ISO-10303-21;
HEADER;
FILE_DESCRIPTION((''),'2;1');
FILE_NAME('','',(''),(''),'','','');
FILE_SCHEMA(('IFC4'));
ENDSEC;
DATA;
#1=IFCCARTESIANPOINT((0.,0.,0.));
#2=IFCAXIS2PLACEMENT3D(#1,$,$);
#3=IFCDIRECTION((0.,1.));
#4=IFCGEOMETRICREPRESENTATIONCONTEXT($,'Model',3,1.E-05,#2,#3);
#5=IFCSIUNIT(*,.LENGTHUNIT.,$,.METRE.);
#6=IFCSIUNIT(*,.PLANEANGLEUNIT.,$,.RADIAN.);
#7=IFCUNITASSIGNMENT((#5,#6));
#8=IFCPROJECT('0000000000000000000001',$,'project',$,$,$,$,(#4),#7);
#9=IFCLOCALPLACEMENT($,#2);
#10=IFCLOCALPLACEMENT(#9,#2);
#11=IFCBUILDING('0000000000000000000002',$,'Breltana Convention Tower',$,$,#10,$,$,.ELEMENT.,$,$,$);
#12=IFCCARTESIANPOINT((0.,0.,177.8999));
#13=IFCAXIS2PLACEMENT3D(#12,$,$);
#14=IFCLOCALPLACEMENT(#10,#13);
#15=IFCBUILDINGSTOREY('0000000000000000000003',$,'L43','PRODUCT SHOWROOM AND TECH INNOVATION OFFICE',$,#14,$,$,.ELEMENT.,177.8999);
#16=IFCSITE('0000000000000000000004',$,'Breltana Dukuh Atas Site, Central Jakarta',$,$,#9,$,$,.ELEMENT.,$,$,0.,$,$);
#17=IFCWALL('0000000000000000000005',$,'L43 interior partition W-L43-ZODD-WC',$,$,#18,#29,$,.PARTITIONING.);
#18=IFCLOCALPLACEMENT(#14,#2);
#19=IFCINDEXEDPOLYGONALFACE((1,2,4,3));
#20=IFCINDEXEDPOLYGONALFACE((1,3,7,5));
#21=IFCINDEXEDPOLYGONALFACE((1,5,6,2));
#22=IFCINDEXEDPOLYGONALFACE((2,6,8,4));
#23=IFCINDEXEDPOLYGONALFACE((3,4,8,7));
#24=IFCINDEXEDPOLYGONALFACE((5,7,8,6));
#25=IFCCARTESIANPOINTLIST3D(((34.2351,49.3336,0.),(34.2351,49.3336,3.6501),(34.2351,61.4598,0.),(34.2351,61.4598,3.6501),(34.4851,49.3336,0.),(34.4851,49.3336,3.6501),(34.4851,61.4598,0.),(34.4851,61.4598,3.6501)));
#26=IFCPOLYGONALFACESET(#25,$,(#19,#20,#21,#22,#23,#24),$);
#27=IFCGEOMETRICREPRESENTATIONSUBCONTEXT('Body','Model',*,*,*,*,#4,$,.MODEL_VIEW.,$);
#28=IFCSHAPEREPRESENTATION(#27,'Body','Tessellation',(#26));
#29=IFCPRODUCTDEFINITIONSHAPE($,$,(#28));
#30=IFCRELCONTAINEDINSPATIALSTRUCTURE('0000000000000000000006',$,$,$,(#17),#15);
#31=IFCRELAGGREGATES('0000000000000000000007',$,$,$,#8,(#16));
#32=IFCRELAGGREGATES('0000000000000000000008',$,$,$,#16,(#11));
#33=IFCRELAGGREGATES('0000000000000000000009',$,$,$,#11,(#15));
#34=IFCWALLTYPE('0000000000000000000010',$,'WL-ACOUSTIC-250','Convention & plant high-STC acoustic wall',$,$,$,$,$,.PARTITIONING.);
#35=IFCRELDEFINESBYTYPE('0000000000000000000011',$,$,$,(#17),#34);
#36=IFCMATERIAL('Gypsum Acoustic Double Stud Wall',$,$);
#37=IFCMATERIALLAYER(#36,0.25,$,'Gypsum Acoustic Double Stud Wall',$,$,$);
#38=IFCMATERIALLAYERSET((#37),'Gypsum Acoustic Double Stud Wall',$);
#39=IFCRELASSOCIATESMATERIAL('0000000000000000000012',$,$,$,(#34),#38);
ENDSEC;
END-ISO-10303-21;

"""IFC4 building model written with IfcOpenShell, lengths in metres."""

from ifc_helpers import new_model, si_unit, direction, frame, frame_2d, origin, place, context, subcontext, project, spatial, rectangle, extrude, source, transform, mapped, material, layer, layer_set, type_object, element, save


model = new_model("IFC4")

# Units and contexts
model_context = context("Model", 3, precision=1e-05, world=origin(), true_north=direction((0.0, 1.0)))
body_context = subcontext(model_context, "Body", "Model", "MODEL_VIEW")
ifc_project = project(units=[si_unit("LENGTHUNIT", "METRE"), si_unit("PLANEANGLEUNIT", "RADIAN")], contexts=[model_context])

# Site, building, storey
site_placement = place(None, origin())
site = spatial("IfcSite", under=ifc_project, at=site_placement, Name="Breltana Dukuh Atas Site, Central Jakarta", CompositionType="ELEMENT", RefElevation=0.0)
building_placement = place(site_placement, origin())
building = spatial("IfcBuilding", under=site, at=building_placement, Name="Breltana Convention Tower", CompositionType="ELEMENT")
storey_placement = place(building_placement, frame((0.0, 0.0, 177.8999)))
storey = spatial("IfcBuildingStorey", under=building, at=storey_placement, Name="L43", Description="PRODUCT SHOWROOM AND TECH INNOVATION OFFICE", CompositionType="ELEMENT", Elevation=177.8999)

# Wall
ifc_material_1 = material(Name="Gypsum Acoustic Double Stud Wall")
ifc_layer_1 = layer(ifc_material_1, 0.25, Name="Gypsum Acoustic Double Stud Wall")
ifc_layer_set_1 = layer_set([ifc_layer_1], Name="Gypsum Acoustic Double Stud Wall")
wall_type_1 = type_object("IfcWallType", Name="WL-ACOUSTIC-250", Description="Convention & plant high-STC acoustic wall", PredefinedType="PARTITIONING", material=ifc_layer_set_1)
shared_shape_1 = source(origin(), body_context, "Body", "SweptSolid", [
    extrude(rectangle(XDim=12.1262, YDim=0.25, at=frame_2d((6.063, 0.0))), origin(), (0.0, 0.0, 1.0), 3.6501),
])
wall_1_placement = place(storey_placement, frame((34.3601, 49.3337, 0.0), z_axis=(0.0, 0.0, 1.0), x_axis=(0.0, 1.0, 0.0)))
element("IfcWall", 1, at=wall_1_placement, inside=storey, type_object=wall_type_1, Name="L43 interior partition W-L43-ZODD-WC", PredefinedType="PARTITIONING", context=body_context, shape_type="MappedRepresentation", body=[
    mapped(shared_shape_1, transform((0.0, 0.0, 0.0), scale=1.0)),
])

save(model, "model.ifc")
